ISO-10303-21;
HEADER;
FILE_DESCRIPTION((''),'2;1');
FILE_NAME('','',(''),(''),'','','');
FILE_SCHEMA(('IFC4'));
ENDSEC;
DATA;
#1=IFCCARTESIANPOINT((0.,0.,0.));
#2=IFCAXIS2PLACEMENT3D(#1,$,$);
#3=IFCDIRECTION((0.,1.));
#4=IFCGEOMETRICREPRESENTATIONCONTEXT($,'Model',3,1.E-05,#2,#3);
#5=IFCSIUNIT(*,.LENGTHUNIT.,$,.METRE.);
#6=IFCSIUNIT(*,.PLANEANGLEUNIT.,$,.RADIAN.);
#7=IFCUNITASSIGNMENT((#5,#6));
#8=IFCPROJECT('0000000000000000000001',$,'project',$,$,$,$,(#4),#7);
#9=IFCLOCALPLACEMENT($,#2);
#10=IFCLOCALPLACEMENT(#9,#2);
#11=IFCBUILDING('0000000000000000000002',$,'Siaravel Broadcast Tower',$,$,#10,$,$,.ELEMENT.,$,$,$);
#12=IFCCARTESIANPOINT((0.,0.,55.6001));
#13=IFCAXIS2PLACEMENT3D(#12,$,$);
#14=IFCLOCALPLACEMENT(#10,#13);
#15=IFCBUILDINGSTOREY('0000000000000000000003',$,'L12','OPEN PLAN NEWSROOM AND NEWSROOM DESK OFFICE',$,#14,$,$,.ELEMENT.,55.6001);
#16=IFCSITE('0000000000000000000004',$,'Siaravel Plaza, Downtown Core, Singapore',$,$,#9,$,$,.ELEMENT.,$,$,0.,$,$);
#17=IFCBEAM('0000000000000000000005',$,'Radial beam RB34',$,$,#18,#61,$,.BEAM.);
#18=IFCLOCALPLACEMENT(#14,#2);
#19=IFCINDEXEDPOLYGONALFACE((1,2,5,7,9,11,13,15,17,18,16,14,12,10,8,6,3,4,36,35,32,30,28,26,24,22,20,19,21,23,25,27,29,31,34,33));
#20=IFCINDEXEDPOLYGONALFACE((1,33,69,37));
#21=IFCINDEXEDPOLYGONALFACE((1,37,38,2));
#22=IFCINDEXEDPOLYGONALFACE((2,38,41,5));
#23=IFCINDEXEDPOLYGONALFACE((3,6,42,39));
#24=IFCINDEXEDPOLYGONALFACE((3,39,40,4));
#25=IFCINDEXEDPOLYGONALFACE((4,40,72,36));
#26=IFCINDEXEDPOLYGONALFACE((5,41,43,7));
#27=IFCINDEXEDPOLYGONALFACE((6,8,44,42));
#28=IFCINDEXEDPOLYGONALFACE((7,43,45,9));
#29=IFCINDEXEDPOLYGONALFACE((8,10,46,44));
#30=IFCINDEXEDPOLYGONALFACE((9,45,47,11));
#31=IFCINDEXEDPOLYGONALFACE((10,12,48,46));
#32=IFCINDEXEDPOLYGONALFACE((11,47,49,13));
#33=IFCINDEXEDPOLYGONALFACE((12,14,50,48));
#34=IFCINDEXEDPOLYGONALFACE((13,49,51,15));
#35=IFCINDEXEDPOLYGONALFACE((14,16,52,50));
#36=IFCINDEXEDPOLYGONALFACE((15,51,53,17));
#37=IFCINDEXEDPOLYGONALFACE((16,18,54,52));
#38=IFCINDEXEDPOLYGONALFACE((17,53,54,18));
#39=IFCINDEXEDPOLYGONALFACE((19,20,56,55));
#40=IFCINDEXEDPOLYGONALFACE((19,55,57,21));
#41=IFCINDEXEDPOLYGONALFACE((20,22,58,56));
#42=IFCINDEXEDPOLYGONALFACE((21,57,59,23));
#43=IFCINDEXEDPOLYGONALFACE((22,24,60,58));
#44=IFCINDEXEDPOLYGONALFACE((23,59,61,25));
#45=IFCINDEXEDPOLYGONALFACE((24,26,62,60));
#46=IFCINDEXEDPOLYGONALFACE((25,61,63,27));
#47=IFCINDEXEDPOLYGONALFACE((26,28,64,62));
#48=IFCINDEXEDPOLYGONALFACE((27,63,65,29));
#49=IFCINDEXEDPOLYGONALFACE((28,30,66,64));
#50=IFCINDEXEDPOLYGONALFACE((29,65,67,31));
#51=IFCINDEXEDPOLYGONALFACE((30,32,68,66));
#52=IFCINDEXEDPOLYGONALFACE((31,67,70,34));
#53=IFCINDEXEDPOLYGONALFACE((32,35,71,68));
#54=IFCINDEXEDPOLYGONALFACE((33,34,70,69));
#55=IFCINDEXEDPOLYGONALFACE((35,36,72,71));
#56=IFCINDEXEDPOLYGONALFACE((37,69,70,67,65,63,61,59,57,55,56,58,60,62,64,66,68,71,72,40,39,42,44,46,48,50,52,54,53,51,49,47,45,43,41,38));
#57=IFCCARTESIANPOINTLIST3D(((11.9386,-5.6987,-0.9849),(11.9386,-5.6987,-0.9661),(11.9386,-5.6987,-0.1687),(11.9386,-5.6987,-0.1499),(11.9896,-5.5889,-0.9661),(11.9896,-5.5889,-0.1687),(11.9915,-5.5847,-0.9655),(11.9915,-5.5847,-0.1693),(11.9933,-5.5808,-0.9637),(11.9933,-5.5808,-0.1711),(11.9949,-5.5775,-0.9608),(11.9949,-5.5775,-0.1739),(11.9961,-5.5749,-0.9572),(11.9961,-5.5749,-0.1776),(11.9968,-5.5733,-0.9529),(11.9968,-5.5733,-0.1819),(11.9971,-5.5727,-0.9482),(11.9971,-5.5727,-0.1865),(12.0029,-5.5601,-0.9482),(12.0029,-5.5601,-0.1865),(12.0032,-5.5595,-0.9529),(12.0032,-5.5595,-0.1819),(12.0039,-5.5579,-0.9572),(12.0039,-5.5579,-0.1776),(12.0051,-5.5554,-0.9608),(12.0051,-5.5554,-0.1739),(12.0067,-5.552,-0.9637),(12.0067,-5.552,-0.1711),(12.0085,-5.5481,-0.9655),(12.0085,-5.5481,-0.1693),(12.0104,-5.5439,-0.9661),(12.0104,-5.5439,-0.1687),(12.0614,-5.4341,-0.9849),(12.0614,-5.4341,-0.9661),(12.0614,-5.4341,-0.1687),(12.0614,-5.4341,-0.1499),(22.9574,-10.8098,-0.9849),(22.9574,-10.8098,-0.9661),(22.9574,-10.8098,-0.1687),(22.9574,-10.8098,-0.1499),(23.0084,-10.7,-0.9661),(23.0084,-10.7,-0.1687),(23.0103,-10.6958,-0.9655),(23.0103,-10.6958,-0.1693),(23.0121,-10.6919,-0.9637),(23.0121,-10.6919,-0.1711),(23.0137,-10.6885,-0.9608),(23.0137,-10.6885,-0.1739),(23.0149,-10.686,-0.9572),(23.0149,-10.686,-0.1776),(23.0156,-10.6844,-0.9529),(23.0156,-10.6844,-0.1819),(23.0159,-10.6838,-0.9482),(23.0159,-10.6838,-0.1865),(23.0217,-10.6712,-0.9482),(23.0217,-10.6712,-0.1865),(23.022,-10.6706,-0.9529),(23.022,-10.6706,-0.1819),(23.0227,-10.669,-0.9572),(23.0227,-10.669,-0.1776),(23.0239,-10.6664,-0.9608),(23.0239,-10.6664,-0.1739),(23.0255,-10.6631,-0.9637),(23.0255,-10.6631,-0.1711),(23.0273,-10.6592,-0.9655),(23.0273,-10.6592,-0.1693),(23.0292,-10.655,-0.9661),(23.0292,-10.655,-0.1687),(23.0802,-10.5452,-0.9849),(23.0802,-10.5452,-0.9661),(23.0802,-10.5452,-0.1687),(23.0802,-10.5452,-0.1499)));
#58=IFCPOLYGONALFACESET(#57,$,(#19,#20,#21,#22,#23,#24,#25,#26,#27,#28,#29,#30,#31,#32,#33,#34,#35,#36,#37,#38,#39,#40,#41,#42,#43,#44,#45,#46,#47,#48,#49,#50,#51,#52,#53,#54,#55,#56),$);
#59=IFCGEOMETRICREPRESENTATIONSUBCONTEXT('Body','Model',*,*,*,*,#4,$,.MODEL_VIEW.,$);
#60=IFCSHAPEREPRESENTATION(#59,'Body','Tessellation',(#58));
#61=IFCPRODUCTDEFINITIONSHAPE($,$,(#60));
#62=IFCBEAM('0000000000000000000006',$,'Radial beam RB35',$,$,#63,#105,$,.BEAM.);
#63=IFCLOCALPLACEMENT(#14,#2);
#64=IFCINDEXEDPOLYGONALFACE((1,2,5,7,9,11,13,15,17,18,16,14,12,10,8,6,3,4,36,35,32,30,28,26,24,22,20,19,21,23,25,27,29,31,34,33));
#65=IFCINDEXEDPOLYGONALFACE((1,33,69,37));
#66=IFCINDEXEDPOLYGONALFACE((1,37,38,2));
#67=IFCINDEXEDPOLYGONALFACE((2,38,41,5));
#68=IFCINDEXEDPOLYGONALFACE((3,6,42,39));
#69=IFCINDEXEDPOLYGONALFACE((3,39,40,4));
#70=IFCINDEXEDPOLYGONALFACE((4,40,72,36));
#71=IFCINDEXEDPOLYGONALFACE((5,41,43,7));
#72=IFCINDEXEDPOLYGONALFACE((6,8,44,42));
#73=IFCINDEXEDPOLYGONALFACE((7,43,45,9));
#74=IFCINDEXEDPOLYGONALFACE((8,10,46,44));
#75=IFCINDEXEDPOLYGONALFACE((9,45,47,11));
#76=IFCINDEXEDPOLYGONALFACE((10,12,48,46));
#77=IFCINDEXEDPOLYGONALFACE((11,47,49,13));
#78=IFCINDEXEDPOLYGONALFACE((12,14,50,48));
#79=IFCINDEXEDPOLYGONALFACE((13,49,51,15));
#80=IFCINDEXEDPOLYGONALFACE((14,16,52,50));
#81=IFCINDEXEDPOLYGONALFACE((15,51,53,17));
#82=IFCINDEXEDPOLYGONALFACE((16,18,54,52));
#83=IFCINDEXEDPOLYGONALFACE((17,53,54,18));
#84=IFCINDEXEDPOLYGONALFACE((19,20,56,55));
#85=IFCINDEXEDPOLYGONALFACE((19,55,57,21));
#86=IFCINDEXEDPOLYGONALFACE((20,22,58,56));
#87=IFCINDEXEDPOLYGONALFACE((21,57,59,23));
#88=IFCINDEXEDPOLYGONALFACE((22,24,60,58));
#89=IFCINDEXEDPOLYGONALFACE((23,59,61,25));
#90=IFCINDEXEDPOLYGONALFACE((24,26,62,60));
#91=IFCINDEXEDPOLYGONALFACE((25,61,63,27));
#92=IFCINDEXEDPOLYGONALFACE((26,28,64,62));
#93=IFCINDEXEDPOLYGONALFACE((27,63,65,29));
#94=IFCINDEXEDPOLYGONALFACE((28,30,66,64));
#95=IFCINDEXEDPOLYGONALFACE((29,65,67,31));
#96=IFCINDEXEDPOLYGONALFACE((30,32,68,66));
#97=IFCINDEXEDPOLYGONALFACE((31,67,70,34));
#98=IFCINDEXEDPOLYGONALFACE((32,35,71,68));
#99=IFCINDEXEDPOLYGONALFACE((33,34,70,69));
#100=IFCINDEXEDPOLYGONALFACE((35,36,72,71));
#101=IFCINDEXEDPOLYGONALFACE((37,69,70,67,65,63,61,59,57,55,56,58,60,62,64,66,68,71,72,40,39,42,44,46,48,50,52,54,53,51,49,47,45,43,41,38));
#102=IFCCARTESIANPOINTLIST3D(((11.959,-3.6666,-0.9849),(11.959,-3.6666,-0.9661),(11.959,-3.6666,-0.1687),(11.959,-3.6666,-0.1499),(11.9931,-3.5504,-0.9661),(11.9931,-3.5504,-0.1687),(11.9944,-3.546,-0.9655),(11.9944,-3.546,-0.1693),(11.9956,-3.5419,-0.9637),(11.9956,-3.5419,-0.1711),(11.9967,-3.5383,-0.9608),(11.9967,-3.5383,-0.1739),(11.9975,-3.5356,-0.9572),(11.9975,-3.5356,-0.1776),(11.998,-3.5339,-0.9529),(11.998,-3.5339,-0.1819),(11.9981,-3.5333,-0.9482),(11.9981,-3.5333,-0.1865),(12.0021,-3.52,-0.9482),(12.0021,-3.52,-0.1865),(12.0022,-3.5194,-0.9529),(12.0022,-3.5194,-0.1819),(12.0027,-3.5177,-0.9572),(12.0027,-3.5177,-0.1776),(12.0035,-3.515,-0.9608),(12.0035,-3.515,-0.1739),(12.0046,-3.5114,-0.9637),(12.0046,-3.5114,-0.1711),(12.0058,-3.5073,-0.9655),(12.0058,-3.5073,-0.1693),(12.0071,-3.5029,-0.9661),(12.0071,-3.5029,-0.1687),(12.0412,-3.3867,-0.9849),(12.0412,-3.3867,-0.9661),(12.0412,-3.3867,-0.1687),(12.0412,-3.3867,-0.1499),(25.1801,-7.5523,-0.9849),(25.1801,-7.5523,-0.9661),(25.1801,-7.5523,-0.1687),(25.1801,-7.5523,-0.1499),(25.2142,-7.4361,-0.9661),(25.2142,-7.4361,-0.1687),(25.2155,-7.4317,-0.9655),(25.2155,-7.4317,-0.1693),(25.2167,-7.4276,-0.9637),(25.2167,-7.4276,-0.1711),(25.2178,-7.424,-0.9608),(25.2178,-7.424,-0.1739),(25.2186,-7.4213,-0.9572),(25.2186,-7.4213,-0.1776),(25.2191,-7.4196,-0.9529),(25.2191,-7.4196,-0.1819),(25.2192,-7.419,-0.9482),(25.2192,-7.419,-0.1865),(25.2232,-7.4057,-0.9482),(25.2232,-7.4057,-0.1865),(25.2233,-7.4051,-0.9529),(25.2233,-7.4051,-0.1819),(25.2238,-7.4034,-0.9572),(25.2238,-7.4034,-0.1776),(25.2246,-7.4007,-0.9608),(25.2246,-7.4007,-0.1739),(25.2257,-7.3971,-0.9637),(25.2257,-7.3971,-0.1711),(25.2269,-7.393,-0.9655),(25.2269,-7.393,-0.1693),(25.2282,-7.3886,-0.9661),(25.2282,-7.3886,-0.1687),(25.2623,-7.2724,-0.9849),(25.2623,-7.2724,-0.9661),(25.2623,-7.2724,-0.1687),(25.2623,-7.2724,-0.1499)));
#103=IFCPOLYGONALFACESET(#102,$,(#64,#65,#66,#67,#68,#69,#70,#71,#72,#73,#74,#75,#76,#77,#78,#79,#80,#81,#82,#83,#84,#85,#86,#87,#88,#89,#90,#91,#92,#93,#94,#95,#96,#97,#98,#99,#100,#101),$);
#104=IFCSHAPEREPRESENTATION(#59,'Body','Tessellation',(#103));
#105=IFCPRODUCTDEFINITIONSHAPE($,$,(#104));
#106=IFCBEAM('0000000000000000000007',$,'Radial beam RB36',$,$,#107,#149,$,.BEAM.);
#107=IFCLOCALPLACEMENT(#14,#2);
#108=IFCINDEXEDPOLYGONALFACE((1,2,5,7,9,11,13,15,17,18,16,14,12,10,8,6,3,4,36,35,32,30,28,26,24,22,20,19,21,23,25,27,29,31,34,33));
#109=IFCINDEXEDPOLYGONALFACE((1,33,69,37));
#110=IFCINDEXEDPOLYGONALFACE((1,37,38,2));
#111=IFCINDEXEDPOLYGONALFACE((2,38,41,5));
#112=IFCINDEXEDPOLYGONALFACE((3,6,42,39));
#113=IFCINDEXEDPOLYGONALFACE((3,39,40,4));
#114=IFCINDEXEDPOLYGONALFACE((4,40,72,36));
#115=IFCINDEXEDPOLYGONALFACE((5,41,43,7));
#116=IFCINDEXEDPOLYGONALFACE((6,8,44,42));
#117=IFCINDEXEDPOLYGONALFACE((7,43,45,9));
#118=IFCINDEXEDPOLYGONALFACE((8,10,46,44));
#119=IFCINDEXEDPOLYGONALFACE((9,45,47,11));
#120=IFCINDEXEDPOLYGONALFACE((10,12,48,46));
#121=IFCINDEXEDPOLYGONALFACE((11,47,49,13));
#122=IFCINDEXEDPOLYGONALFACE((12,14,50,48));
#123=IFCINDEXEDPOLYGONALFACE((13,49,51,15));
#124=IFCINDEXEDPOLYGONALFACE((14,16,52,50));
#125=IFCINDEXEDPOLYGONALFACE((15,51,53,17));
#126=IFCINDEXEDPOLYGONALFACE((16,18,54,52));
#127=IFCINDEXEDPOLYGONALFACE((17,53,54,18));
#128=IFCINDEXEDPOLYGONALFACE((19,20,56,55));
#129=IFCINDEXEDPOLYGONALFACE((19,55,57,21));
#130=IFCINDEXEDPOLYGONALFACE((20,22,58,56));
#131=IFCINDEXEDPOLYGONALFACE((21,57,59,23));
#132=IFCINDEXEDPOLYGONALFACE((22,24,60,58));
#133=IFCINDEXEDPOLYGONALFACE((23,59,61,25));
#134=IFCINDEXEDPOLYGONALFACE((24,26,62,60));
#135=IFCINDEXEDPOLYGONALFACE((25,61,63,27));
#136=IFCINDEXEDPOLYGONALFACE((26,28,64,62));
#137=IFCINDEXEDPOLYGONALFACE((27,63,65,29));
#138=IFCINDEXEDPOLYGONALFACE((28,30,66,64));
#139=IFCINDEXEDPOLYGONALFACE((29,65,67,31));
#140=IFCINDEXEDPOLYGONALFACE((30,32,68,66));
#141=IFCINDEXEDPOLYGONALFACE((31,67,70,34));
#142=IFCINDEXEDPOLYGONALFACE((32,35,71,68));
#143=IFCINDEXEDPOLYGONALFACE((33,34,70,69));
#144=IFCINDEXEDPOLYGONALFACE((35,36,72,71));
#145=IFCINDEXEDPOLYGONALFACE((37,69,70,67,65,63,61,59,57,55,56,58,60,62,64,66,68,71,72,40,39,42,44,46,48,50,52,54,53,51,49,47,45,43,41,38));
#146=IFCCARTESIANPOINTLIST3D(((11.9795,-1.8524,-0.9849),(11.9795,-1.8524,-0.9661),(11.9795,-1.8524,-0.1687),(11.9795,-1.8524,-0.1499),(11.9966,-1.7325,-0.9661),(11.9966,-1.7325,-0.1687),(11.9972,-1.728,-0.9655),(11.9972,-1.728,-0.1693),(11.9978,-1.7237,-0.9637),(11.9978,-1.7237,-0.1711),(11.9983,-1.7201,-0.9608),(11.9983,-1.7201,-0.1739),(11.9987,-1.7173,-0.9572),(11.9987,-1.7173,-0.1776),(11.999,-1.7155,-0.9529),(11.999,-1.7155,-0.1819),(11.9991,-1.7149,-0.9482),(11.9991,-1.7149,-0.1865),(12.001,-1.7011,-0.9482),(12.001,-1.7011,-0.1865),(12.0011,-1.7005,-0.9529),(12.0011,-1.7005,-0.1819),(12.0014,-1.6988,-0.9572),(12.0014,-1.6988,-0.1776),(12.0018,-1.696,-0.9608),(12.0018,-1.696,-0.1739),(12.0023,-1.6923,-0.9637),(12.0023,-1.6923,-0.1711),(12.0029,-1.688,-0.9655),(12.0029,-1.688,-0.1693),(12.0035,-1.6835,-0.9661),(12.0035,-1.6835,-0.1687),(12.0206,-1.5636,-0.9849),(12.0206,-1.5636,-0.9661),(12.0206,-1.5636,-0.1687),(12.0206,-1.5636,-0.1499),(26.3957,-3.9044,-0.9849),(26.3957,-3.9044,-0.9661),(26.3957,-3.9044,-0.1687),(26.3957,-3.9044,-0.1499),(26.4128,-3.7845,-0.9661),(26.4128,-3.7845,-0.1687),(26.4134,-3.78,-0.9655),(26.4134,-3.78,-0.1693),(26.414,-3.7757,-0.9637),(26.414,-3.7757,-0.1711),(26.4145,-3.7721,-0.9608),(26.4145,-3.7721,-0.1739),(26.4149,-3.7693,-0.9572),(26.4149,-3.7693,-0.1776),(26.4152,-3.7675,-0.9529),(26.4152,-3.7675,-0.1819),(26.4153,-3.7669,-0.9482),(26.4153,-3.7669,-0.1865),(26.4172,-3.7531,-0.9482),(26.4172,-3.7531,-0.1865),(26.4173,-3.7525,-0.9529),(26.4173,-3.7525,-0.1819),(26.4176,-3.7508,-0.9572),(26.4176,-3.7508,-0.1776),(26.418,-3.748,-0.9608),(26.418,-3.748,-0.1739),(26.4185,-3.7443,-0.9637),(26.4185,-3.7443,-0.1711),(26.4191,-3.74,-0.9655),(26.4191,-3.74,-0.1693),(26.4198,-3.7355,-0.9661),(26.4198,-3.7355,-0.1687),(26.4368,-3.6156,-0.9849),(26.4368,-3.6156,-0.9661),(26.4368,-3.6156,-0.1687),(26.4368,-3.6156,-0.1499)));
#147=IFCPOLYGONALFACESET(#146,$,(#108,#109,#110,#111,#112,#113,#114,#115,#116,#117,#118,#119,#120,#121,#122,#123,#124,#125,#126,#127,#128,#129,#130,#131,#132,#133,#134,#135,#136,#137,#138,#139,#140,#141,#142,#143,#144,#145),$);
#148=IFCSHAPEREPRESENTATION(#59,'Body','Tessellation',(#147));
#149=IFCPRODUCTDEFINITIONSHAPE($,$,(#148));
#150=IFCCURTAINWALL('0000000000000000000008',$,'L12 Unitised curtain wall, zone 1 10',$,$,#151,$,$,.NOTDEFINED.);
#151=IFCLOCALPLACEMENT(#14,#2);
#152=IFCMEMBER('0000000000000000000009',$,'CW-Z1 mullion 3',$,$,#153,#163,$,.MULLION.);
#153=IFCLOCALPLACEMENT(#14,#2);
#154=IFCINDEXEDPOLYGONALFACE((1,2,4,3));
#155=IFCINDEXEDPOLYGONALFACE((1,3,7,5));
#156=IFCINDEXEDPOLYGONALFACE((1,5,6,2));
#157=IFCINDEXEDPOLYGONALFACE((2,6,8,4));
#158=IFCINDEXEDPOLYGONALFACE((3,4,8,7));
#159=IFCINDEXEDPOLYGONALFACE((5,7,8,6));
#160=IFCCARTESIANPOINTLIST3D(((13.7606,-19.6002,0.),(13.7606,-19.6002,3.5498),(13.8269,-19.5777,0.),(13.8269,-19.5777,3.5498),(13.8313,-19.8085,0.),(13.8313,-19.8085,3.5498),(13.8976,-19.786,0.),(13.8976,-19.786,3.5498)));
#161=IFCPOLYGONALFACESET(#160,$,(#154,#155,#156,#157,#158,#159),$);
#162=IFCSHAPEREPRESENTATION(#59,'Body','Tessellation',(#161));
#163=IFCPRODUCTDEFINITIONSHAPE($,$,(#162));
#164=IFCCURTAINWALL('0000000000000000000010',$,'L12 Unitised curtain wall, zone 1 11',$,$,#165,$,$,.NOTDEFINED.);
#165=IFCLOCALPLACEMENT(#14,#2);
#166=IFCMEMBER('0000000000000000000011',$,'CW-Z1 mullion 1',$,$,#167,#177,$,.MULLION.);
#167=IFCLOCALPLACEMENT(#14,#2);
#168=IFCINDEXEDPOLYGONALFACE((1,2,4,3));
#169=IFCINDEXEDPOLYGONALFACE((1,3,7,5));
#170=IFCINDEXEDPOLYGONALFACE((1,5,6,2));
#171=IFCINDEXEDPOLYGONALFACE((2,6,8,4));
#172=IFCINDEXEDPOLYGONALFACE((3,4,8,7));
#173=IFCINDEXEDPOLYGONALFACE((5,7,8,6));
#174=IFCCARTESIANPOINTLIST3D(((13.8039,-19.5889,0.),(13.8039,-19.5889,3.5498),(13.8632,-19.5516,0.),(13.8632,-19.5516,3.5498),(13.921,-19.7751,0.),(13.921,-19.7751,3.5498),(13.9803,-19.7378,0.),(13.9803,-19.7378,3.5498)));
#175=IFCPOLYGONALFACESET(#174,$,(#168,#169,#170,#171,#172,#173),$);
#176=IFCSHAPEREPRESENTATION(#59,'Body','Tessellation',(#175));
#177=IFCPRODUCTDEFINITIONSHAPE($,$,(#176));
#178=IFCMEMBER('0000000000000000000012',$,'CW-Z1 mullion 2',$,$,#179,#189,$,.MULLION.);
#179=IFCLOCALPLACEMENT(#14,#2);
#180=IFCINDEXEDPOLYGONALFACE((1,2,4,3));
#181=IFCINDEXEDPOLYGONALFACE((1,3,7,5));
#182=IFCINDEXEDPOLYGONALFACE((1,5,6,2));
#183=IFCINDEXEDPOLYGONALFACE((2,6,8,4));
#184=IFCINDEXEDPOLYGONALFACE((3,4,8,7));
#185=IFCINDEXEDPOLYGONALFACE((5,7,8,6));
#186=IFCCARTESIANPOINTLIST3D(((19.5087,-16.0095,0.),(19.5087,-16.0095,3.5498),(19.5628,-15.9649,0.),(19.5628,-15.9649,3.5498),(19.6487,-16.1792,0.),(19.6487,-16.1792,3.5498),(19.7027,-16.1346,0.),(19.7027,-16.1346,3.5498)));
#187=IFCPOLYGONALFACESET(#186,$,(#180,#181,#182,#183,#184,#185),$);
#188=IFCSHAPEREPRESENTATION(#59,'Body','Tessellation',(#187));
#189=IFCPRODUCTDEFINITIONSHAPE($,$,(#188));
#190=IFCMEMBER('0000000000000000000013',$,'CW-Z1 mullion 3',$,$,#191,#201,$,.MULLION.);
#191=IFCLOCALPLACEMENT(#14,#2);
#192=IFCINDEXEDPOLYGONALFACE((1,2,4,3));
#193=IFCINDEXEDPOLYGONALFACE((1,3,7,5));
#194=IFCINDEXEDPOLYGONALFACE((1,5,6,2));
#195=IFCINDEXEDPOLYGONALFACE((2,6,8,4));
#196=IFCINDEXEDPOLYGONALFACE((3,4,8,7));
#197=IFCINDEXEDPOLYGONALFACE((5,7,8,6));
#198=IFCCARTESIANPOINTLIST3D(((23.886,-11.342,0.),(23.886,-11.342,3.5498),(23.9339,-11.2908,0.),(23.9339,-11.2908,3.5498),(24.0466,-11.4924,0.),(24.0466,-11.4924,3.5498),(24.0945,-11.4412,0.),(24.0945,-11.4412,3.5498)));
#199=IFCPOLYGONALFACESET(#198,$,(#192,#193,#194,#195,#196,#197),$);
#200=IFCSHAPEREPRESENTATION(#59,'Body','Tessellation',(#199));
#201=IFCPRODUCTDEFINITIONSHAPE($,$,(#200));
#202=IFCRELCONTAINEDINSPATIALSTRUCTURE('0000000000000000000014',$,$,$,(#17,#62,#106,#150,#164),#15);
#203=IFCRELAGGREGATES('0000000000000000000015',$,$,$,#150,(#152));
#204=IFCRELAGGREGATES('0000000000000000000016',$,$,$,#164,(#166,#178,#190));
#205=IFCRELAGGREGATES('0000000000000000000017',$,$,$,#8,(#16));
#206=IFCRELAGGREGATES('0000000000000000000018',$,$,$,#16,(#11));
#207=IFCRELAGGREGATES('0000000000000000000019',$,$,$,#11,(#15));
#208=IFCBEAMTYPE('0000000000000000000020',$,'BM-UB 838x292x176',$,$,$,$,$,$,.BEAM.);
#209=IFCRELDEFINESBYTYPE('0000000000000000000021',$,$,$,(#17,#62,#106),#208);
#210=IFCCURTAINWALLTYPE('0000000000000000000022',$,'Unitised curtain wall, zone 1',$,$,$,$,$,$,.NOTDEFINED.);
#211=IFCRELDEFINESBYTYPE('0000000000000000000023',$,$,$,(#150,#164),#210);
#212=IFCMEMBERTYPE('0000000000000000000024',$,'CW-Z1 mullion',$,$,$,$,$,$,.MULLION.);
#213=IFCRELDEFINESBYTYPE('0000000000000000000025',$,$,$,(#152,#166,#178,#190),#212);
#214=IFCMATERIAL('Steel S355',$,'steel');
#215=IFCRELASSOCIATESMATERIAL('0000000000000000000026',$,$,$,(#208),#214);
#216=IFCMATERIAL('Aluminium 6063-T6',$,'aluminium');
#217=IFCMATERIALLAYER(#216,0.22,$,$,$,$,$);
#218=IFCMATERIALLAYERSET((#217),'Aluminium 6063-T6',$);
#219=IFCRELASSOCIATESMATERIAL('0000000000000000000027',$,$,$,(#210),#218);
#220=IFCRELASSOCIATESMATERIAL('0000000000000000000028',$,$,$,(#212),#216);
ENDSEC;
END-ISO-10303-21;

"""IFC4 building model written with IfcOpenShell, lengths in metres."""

from ifc_helpers import new_model, si_unit, direction, frame, origin, origin_2d, place, context, subcontext, project, spatial, rectangle, i_section, extrude, material, layer, layer_set, material_profile, profile_set, type_object, element, aggregate, save


model = new_model("IFC4")

# Units and contexts
model_context = context("Model", 3, precision=1e-05, world=origin(), true_north=direction((0.0, 1.0)))
body_context = subcontext(model_context, "Body", "Model", "MODEL_VIEW")
ifc_project = project(units=[si_unit("LENGTHUNIT", "METRE"), si_unit("PLANEANGLEUNIT", "RADIAN")], contexts=[model_context])

# Site, building, storey
site_placement = place(None, origin())
site = spatial("IfcSite", under=ifc_project, at=site_placement, Name="Siaravel Plaza, Downtown Core, Singapore", CompositionType="ELEMENT", RefElevation=0.0)
building_placement = place(site_placement, origin())
building = spatial("IfcBuilding", under=site, at=building_placement, Name="Siaravel Broadcast Tower", CompositionType="ELEMENT")
storey_placement = place(building_placement, frame((0.0, 0.0, 55.6001)))
storey = spatial("IfcBuildingStorey", under=building, at=storey_placement, Name="L12", Description="OPEN PLAN NEWSROOM AND NEWSROOM DESK OFFICE", CompositionType="ELEMENT", Elevation=55.6001)

# Beams
ifc_material_1 = material(Name="Steel S355", Category="steel")
ifc_material_profile_1 = material_profile(ifc_material_1, i_section(OverallWidth=0.2917, OverallDepth=0.835, WebThickness=0.0139, FlangeThickness=0.0188, FilletRadius=0.0178, at=origin_2d()))
ifc_profile_set_1 = profile_set([ifc_material_profile_1], Name="Steel S355")
beam_type = type_object("IfcBeamType", Name="BM-UB 838x292x176", PredefinedType="BEAM", material=ifc_profile_set_1)
beam_1_placement = place(storey_placement, frame((23.0188, -10.6775, -0.5674), z_axis=(-0.907159, 0.420787, 0.0), x_axis=(-0.420787, -0.907159, 0.0)))
element("IfcBeam", 1, at=beam_1_placement, inside=storey, type_object=beam_type, Name="Radial beam RB34", PredefinedType="BEAM", context=body_context, shape_type="SweptSolid", body=[
    extrude(i_section(OverallWidth=0.2917, OverallDepth=0.835, WebThickness=0.0139, FlangeThickness=0.0188, FilletRadius=0.0178, at=origin_2d()), origin(), (0.0, 0.0, 1.0), 12.1465),
])
beam_2_placement = place(storey_placement, frame((25.2212, -7.4124, -0.5674), z_axis=(-0.959421, 0.281976, 0.0), x_axis=(-0.281976, -0.959421, 0.0)))
element("IfcBeam", 2, at=beam_2_placement, inside=storey, type_object=beam_type, Name="Radial beam RB35", PredefinedType="BEAM", context=body_context, shape_type="SweptSolid", body=[
    extrude(i_section(OverallWidth=0.2917, OverallDepth=0.835, WebThickness=0.0139, FlangeThickness=0.0188, FilletRadius=0.0178, at=origin_2d()), origin(), (0.0, 0.0, 1.0), 13.7803),
])
beam_3_placement = place(storey_placement, frame((26.4163, -3.76, -0.5674), z_axis=(-0.990021, 0.140919, 0.0), x_axis=(-0.140919, -0.990021, 0.0)))
element("IfcBeam", 3, at=beam_3_placement, inside=storey, type_object=beam_type, Name="Radial beam RB36", PredefinedType="BEAM", context=body_context, shape_type="SweptSolid", body=[
    extrude(i_section(OverallWidth=0.2917, OverallDepth=0.835, WebThickness=0.0139, FlangeThickness=0.0188, FilletRadius=0.0178, at=origin_2d()), origin(), (0.0, 0.0, 1.0), 14.5615),
])

# Curtain wall, member
ifc_material_2 = material(Name="Aluminium 6063-T6", Category="aluminium")
ifc_layer_1 = layer(ifc_material_2, 0.22)
ifc_layer_set_1 = layer_set([ifc_layer_1], Name="Aluminium 6063-T6")
curtain_wall_type = type_object("IfcCurtainWallType", Name="Unitised curtain wall, zone 1", PredefinedType="NOTDEFINED", material=ifc_layer_set_1)
curtain_wall_1_placement = place(storey_placement, origin())
curtain_wall_1 = element("IfcCurtainWall", 4, at=curtain_wall_1_placement, inside=storey, type_object=curtain_wall_type, Name="L12 Unitised curtain wall, zone 1 10", PredefinedType="NOTDEFINED")
ifc_material_profile_2 = material_profile(ifc_material_2, rectangle(XDim=0.22, YDim=0.0701, at=origin_2d()))
ifc_profile_set_2 = profile_set([ifc_material_profile_2], Name="Aluminium 6063-T6")
member_type_1 = type_object("IfcMemberType", Name="CW-Z1 mullion", PredefinedType="MULLION", material=ifc_profile_set_2)
member_1_placement = place(storey_placement, frame((13.8291, -19.6931, 0.0), z_axis=(0.0, 0.0, 1.0), x_axis=(-0.321301, 0.946977, 0.0)))
member_1 = element("IfcMember", 5, at=member_1_placement, type_object=member_type_1, Name="CW-Z1 mullion 3", PredefinedType="MULLION", context=body_context, shape_type="SweptSolid", body=[
    extrude(rectangle(XDim=0.22, YDim=0.0701, at=origin_2d()), origin(), (0.0, 0.0, 1.0), 3.5498),
])
aggregate(curtain_wall_1, [member_1])

# Curtain wall, members
curtain_wall_2_placement = place(storey_placement, origin())
curtain_wall_2 = element("IfcCurtainWall", 6, at=curtain_wall_2_placement, inside=storey, type_object=curtain_wall_type, Name="L12 Unitised curtain wall, zone 1 11", PredefinedType="NOTDEFINED")
member_2_placement = place(storey_placement, frame((13.8921, -19.6633, 0.0), z_axis=(0.0, 0.0, 1.0), x_axis=(-0.532149, 0.846651, 0.0)))
member_2 = element("IfcMember", 7, at=member_2_placement, type_object=member_type_1, Name="CW-Z1 mullion 1", PredefinedType="MULLION", context=body_context, shape_type="SweptSolid", body=[
    extrude(rectangle(XDim=0.22, YDim=0.0701, at=origin_2d()), origin(), (0.0, 0.0, 1.0), 3.5498),
])
member_3_placement = place(storey_placement, frame((19.6057, -16.072, 0.0), z_axis=(0.0, 0.0, 1.0), x_axis=(-0.636219, 0.771509, 0.0)))
member_3 = element("IfcMember", 8, at=member_3_placement, type_object=member_type_1, Name="CW-Z1 mullion 2", PredefinedType="MULLION", context=body_context, shape_type="SweptSolid", body=[
    extrude(rectangle(XDim=0.22, YDim=0.0701, at=origin_2d()), origin(), (0.0, 0.0, 1.0), 3.5498),
])
member_4_placement = place(storey_placement, frame((23.9902, -11.3916, 0.0), z_axis=(0.0, 0.0, 1.0), x_axis=(-0.729805, 0.683655, 0.0)))
member_4 = element("IfcMember", 9, at=member_4_placement, type_object=member_type_1, Name="CW-Z1 mullion 3", PredefinedType="MULLION", context=body_context, shape_type="SweptSolid", body=[
    extrude(rectangle(XDim=0.22, YDim=0.0701, at=origin_2d()), origin(), (0.0, 0.0, 1.0), 3.5498),
])

aggregate(curtain_wall_2, [member_2, member_3, member_4])

save(model, "model.ifc")
